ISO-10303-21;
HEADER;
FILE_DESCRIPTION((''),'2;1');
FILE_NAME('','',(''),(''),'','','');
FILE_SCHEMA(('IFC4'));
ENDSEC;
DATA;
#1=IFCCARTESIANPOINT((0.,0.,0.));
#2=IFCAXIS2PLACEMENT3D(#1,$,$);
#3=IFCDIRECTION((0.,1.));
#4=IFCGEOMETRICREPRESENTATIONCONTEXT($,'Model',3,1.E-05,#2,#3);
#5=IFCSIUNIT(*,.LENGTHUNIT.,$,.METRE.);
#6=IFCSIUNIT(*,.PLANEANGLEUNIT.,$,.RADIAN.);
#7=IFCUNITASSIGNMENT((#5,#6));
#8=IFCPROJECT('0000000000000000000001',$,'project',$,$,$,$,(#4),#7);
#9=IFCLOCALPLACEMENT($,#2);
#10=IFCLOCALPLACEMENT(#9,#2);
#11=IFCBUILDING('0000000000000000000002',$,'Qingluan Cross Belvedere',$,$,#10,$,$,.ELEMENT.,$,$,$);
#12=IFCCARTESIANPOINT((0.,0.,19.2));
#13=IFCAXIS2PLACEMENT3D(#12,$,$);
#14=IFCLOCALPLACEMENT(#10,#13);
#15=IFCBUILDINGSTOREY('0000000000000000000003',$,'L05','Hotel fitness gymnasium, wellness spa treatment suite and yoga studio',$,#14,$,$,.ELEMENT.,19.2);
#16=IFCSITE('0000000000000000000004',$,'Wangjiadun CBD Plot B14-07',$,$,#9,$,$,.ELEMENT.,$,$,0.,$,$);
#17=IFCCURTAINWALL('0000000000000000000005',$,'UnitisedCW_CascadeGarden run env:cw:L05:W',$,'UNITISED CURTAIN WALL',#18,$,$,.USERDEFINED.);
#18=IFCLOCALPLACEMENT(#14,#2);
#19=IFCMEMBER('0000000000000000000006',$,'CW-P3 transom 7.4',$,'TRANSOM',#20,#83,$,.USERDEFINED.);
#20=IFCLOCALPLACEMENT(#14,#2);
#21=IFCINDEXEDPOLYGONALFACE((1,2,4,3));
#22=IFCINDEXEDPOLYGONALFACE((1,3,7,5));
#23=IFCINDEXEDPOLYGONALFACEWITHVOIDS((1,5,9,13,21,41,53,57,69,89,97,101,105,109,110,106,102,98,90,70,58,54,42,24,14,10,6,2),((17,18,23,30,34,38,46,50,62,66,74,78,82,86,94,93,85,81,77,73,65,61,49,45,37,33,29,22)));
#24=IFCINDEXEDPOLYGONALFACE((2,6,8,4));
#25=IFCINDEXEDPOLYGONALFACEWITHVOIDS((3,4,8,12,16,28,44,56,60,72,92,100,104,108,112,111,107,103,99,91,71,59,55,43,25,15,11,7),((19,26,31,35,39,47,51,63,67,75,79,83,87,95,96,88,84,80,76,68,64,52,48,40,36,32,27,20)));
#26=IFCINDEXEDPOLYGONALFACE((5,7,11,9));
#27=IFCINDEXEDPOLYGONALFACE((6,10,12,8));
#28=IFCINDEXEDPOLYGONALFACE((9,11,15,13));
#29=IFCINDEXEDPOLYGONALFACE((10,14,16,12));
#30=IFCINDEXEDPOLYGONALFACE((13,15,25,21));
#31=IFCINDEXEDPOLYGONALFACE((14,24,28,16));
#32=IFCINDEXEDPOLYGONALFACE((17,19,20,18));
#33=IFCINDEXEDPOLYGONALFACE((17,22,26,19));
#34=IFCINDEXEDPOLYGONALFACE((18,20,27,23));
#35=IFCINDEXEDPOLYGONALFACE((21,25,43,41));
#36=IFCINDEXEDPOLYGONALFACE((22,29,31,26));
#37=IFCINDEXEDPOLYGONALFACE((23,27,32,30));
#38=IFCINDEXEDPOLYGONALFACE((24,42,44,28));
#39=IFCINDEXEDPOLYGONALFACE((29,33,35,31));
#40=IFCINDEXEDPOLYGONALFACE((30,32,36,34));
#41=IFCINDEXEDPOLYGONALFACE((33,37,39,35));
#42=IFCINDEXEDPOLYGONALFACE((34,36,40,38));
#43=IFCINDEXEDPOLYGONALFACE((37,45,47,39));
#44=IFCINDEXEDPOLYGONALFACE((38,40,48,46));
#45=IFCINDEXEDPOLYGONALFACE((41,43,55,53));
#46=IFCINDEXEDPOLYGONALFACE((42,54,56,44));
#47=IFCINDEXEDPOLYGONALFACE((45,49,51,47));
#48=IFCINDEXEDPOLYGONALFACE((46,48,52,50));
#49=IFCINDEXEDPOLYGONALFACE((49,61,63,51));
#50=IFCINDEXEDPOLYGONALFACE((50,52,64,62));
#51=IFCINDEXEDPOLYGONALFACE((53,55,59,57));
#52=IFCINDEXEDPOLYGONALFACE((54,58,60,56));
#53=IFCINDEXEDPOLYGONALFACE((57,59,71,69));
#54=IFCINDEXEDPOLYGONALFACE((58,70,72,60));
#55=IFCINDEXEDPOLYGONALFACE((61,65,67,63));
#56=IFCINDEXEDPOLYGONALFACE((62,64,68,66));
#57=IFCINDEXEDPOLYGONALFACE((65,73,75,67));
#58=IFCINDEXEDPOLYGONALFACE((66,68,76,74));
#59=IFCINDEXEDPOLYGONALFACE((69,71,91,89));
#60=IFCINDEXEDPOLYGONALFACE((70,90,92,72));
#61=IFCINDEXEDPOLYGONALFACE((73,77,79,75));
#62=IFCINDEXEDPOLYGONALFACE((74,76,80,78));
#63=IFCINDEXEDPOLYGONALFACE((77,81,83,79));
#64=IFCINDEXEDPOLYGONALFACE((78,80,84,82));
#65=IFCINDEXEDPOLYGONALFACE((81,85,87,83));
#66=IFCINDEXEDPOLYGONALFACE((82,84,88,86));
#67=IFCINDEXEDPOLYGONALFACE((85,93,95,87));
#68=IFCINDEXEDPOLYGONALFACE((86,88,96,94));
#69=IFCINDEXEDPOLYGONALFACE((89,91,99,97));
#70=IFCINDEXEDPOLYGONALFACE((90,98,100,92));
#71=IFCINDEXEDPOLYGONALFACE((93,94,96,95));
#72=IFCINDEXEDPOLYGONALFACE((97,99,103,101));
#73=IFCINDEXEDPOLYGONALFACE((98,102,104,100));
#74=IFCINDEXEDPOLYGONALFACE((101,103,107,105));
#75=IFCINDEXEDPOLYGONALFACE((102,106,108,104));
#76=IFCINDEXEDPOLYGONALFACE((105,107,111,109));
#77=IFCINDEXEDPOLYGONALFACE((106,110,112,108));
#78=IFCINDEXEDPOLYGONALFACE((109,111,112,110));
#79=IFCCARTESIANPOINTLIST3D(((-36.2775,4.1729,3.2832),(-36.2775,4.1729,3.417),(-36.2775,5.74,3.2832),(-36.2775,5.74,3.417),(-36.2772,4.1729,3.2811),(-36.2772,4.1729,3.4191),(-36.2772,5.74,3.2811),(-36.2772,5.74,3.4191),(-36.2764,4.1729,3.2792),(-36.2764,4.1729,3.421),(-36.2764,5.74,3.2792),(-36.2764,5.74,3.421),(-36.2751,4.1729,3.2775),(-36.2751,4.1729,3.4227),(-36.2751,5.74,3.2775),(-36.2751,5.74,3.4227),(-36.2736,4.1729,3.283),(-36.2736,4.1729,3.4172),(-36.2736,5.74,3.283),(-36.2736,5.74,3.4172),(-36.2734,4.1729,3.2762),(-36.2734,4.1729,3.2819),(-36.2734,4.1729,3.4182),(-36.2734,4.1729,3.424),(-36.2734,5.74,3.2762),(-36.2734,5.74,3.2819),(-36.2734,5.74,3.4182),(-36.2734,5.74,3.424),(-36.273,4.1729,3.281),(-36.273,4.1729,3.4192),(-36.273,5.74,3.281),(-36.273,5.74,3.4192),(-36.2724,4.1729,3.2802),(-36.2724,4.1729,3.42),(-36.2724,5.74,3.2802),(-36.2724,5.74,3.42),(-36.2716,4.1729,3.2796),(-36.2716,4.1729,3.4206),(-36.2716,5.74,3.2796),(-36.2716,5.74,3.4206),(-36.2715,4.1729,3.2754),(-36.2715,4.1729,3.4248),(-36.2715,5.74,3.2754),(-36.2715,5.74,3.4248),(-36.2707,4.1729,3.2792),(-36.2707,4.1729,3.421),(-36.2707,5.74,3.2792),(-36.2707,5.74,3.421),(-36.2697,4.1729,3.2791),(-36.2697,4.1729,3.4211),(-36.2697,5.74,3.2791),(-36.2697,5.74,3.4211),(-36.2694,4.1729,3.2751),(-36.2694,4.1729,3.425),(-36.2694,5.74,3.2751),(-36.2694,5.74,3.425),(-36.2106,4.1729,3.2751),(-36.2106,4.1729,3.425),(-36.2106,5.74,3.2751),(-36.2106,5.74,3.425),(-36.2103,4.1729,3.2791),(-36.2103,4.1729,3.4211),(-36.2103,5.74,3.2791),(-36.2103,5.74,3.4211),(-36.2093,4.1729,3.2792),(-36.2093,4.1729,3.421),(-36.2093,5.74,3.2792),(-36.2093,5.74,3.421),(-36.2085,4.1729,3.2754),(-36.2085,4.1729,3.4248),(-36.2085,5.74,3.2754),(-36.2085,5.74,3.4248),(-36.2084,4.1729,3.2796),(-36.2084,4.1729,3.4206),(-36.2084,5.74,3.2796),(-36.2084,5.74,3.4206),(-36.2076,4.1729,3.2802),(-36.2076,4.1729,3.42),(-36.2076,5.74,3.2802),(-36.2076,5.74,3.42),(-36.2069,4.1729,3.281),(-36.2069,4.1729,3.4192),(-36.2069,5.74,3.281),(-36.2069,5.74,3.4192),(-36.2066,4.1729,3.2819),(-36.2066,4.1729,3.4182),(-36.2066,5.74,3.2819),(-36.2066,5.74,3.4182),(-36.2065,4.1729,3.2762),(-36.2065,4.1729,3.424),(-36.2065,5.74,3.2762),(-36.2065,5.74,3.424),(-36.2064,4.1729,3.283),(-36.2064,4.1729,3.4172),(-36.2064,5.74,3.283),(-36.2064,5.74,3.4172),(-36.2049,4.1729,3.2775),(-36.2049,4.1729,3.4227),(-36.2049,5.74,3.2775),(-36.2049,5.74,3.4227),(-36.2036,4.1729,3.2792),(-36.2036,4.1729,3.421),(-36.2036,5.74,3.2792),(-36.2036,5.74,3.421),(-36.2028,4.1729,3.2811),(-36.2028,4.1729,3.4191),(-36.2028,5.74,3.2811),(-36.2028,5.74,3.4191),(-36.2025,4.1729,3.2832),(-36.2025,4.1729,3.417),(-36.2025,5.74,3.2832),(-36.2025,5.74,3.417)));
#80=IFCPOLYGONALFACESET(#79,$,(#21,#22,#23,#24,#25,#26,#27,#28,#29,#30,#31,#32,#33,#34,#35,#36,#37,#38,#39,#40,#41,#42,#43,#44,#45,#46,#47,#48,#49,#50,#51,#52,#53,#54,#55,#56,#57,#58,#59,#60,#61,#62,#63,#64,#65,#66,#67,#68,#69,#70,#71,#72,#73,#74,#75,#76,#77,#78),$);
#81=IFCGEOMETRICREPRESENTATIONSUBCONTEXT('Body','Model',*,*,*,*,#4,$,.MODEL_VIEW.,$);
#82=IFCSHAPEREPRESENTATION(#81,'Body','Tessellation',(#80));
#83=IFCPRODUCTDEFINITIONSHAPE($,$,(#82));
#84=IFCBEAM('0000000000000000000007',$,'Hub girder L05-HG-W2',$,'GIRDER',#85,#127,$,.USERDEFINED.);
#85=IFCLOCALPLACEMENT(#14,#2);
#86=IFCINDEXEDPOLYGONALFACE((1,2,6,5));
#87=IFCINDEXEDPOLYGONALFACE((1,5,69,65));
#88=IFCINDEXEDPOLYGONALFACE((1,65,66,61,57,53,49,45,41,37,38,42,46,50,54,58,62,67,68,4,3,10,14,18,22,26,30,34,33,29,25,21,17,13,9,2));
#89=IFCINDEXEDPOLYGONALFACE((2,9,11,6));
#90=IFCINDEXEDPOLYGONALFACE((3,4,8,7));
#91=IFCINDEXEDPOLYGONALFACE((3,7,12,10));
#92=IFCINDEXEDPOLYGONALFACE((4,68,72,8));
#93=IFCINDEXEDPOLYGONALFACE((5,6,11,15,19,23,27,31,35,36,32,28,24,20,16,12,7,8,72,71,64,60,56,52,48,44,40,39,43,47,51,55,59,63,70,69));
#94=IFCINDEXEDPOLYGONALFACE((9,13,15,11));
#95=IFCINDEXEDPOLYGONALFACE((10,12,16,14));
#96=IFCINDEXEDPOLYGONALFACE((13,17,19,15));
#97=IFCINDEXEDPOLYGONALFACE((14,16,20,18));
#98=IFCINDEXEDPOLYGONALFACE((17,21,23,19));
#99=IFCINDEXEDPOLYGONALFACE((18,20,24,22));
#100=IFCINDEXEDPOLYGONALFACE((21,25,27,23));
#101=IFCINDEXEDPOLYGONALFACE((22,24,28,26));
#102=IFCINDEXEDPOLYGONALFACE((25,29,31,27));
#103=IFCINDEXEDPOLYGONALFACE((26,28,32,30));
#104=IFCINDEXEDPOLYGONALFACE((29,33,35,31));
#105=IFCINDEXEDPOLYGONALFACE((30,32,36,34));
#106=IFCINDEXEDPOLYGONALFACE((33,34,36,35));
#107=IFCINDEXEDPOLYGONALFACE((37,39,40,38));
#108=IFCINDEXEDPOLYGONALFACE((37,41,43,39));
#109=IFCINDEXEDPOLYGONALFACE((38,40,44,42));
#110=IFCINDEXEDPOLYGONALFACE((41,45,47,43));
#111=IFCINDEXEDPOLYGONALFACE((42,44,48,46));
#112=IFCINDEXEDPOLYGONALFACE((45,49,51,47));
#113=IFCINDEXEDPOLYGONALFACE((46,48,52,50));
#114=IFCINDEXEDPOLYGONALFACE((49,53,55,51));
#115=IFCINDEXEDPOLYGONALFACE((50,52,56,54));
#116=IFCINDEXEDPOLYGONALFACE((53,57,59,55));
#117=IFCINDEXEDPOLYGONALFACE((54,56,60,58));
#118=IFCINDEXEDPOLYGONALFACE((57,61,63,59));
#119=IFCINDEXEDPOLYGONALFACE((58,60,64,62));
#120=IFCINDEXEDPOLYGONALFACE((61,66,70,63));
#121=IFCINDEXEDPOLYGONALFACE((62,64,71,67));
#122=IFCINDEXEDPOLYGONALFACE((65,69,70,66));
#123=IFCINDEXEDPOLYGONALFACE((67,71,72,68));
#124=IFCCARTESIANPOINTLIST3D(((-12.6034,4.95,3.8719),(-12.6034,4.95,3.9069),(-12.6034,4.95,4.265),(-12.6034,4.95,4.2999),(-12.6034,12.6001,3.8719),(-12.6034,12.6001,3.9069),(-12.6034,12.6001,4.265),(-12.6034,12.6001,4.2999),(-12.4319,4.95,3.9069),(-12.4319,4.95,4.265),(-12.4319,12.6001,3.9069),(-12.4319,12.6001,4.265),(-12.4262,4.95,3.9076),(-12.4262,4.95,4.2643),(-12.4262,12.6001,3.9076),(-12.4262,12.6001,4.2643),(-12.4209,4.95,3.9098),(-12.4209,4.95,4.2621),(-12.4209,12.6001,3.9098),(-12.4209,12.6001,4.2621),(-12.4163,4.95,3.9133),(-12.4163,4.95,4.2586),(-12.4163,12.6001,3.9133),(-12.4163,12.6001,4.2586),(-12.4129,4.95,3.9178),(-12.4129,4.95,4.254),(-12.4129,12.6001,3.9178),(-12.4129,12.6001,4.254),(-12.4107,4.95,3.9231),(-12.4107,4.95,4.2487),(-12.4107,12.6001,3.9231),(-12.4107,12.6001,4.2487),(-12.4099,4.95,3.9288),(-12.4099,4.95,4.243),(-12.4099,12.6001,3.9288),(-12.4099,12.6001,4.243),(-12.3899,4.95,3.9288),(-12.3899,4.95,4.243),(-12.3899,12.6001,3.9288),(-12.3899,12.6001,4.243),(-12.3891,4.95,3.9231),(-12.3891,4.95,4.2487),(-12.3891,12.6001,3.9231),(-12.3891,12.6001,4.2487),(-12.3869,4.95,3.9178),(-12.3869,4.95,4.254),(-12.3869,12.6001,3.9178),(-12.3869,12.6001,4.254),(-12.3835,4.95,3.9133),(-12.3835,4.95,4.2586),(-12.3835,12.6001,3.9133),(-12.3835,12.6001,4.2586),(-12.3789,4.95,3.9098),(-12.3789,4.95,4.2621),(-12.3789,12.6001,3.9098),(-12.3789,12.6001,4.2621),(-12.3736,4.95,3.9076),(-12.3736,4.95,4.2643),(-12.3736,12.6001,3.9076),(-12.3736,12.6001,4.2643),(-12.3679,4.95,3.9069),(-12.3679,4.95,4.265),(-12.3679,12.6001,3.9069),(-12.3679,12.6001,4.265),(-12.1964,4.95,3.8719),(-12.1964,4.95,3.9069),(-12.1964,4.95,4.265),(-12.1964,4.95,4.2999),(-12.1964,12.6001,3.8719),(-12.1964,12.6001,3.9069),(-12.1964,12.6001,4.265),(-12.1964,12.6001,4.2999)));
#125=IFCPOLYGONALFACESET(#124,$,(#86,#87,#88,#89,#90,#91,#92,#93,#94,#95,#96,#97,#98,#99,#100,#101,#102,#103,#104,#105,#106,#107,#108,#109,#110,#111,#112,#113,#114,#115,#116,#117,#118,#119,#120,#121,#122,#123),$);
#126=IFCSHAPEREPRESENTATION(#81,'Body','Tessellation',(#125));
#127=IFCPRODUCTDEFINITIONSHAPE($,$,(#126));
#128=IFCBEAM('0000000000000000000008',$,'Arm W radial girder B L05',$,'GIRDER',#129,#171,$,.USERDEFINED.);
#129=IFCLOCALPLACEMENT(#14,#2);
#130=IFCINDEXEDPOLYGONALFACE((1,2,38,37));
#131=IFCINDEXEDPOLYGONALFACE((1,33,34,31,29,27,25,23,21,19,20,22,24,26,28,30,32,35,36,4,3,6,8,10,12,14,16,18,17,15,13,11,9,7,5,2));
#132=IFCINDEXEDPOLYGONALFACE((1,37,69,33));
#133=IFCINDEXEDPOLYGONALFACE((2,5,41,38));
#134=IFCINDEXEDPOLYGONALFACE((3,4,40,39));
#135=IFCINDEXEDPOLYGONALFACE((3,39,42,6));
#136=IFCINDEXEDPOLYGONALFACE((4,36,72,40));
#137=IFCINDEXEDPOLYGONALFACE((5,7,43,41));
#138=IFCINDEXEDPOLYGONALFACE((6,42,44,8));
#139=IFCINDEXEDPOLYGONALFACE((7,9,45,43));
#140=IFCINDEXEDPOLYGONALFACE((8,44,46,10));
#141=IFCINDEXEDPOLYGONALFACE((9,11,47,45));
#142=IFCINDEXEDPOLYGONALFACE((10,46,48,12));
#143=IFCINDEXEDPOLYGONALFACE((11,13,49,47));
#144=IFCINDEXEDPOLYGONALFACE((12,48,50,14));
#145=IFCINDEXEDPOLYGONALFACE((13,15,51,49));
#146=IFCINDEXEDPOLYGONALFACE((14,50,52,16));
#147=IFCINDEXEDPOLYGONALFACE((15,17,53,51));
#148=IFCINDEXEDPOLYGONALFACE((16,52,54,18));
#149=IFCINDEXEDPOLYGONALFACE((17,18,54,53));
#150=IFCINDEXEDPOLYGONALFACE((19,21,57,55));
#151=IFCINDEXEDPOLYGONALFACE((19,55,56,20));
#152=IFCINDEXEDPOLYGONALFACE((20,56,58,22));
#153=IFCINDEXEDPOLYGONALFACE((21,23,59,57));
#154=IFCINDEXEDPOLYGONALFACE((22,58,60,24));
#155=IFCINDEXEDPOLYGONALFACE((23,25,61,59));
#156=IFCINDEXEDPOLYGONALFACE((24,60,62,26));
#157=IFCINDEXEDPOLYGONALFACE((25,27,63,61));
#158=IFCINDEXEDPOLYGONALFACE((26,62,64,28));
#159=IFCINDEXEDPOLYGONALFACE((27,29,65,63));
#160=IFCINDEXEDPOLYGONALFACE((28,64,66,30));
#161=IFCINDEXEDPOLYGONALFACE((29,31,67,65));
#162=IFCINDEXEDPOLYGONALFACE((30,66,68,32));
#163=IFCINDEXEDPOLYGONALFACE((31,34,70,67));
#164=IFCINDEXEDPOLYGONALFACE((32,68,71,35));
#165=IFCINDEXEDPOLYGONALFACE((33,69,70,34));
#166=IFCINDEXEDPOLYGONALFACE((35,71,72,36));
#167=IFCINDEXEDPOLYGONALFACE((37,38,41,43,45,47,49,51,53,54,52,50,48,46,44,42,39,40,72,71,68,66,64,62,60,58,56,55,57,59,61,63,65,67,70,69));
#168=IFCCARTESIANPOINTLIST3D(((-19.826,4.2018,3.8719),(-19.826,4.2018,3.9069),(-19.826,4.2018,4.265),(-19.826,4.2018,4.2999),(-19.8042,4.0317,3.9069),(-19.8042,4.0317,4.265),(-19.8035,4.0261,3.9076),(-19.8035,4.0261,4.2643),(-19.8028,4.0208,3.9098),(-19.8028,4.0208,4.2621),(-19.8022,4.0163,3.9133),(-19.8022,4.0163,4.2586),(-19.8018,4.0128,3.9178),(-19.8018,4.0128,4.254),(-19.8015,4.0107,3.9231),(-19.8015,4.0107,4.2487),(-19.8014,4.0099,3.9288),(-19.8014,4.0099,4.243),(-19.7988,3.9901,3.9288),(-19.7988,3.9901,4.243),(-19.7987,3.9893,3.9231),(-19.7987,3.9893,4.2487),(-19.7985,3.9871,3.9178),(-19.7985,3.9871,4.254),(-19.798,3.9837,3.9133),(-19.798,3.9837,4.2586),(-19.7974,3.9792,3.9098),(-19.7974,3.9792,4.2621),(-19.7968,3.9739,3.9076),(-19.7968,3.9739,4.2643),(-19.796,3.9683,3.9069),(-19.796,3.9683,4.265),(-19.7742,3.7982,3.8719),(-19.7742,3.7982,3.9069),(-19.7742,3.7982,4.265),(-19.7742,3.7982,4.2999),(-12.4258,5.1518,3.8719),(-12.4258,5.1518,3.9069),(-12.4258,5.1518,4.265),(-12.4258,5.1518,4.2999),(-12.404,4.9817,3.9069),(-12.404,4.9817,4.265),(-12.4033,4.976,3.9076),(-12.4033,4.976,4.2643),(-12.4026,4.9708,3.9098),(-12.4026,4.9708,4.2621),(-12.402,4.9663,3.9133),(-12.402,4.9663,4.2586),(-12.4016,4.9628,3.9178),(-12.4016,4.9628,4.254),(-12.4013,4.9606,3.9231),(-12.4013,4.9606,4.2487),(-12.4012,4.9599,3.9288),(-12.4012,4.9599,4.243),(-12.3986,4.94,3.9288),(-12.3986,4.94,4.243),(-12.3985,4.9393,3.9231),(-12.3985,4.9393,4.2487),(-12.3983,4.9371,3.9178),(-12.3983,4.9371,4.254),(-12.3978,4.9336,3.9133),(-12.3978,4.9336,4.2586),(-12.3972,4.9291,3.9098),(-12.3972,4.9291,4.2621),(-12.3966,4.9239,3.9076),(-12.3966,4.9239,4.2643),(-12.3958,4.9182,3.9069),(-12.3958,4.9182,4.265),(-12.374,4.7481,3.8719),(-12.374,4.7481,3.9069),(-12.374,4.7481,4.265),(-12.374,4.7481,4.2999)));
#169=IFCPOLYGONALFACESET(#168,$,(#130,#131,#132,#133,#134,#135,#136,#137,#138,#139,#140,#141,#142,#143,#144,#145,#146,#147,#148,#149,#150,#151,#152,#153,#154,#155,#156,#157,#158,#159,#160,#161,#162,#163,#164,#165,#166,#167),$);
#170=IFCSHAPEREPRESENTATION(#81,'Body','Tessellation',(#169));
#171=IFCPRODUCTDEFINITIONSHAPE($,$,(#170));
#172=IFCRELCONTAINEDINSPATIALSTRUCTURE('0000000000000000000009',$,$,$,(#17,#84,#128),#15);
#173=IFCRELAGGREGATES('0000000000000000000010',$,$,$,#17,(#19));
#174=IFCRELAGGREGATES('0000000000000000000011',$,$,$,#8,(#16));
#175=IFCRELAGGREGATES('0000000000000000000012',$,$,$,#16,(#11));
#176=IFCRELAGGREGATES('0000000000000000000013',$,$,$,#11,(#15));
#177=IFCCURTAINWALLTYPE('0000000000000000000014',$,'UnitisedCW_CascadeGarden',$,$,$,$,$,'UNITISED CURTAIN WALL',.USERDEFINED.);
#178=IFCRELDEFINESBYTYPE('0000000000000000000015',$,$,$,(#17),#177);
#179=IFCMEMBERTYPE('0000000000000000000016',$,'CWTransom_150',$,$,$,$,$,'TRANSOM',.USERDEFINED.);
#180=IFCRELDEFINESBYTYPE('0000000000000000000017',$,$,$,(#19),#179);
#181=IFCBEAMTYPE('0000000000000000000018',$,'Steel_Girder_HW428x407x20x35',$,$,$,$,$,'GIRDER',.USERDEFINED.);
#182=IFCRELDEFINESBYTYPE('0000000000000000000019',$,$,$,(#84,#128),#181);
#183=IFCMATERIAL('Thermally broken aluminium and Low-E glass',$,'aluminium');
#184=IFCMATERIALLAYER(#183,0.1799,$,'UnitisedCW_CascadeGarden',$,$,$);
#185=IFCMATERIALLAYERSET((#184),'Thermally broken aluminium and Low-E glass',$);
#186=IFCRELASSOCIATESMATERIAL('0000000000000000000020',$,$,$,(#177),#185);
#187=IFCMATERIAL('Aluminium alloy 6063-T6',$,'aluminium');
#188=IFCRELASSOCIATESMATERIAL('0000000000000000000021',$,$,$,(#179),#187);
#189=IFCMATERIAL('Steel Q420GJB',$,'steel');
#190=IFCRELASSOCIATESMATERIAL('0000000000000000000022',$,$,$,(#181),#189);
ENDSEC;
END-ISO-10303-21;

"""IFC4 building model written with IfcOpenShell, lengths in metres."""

from ifc_helpers import new_model, si_unit, direction, frame, origin, origin_2d, place, context, subcontext, project, spatial, hollow_rectangle, i_section, extrude, material, layer, layer_set, material_profile, profile_set, type_object, element, aggregate, save


model = new_model("IFC4")

# Units and contexts
model_context = context("Model", 3, precision=1e-05, world=origin(), true_north=direction((0.0, 1.0)))
body_context = subcontext(model_context, "Body", "Model", "MODEL_VIEW")
ifc_project = project(units=[si_unit("LENGTHUNIT", "METRE"), si_unit("PLANEANGLEUNIT", "RADIAN")], contexts=[model_context])

# Site, building, storey
site_placement = place(None, origin())
site = spatial("IfcSite", under=ifc_project, at=site_placement, Name="Wangjiadun CBD Plot B14-07", CompositionType="ELEMENT", RefElevation=0.0)
building_placement = place(site_placement, origin())
building = spatial("IfcBuilding", under=site, at=building_placement, Name="Qingluan Cross Belvedere", CompositionType="ELEMENT")
storey_placement = place(building_placement, frame((0.0, 0.0, 19.2)))
storey = spatial("IfcBuildingStorey", under=building, at=storey_placement, Name="L05", Description="Hotel fitness gymnasium, wellness spa treatment suite and yoga studio", CompositionType="ELEMENT", Elevation=19.2)

# Curtain wall, member
ifc_material_1 = material(Name="Thermally broken aluminium and Low-E glass", Category="aluminium")
ifc_layer_1 = layer(ifc_material_1, 0.1799, Name="UnitisedCW_CascadeGarden")
ifc_layer_set_1 = layer_set([ifc_layer_1], Name="Thermally broken aluminium and Low-E glass")
curtain_wall_type = type_object("IfcCurtainWallType", Name="UnitisedCW_CascadeGarden", ElementType="UNITISED CURTAIN WALL", PredefinedType="USERDEFINED", material=ifc_layer_set_1)
curtain_wall_placement = place(storey_placement, origin())
curtain_wall = element("IfcCurtainWall", 1, at=curtain_wall_placement, inside=storey, type_object=curtain_wall_type, Name="UnitisedCW_CascadeGarden run env:cw:L05:W", ObjectType="UNITISED CURTAIN WALL", PredefinedType="USERDEFINED")
ifc_material_2 = material(Name="Aluminium alloy 6063-T6", Category="aluminium")
ifc_material_profile_1 = material_profile(ifc_material_2, hollow_rectangle(XDim=0.075, YDim=0.1499, WallThickness=0.0039, InnerFilletRadius=0.0039, OuterFilletRadius=0.0081, at=origin_2d()), Name="CWT150x75x4")
ifc_profile_set_1 = profile_set([ifc_material_profile_1], Name="Aluminium alloy 6063-T6")
member_type_1 = type_object("IfcMemberType", Name="CWTransom_150", ElementType="TRANSOM", PredefinedType="USERDEFINED", material=ifc_profile_set_1)
member_1_placement = place(storey_placement, frame((-36.24, 4.1729, 3.3501), z_axis=(0.0, 1.0, 0.0), x_axis=(-1.0, 0.0, 0.0)))
member_1 = element("IfcMember", 2, at=member_1_placement, type_object=member_type_1, Name="CW-P3 transom 7.4", ObjectType="TRANSOM", PredefinedType="USERDEFINED", context=body_context, shape_type="SweptSolid", body=[
    extrude(hollow_rectangle(XDim=0.075, YDim=0.1499, WallThickness=0.0039, InnerFilletRadius=0.0039, OuterFilletRadius=0.0081, at=origin_2d()), origin(), (0.0, 0.0, 1.0), 1.5671),
])

# Beams
ifc_material_3 = material(Name="Steel Q420GJB", Category="steel")
ifc_material_profile_2 = material_profile(ifc_material_3, i_section(OverallWidth=0.407, OverallDepth=0.428, WebThickness=0.02, FlangeThickness=0.0349, FilletRadius=0.022, at=origin_2d()), Name="HW428x407x20x35")
ifc_profile_set_2 = profile_set([ifc_material_profile_2], Name="Steel Q420GJB")
beam_type = type_object("IfcBeamType", Name="Steel_Girder_HW428x407x20x35", ElementType="GIRDER", PredefinedType="USERDEFINED", material=ifc_profile_set_2)
beam_1_placement = place(storey_placement, frame((-12.3999, 4.95, 4.0859), z_axis=(0.0, 1.0, 0.0), x_axis=(-1.0, 0.0, 0.0)))
element("IfcBeam", 3, at=beam_1_placement, inside=storey, type_object=beam_type, Name="Hub girder L05-HG-W2", ObjectType="GIRDER", PredefinedType="USERDEFINED", context=body_context, shape_type="SweptSolid", body=[
    extrude(i_section(OverallWidth=0.407, OverallDepth=0.428, WebThickness=0.02, FlangeThickness=0.0349, FilletRadius=0.022, at=origin_2d()), origin(), (0.0, 0.0, 1.0), 7.6501),
])
beam_2_placement = place(storey_placement, frame((-12.3999, 4.95, 4.0859), z_axis=(-0.991861, -0.127324, 0.0), x_axis=(0.127324, -0.991861, 0.0)))
element("IfcBeam", 4, at=beam_2_placement, inside=storey, type_object=beam_type, Name="Arm W radial girder B L05", ObjectType="GIRDER", PredefinedType="USERDEFINED", context=body_context, shape_type="SweptSolid", body=[
    extrude(i_section(OverallWidth=0.407, OverallDepth=0.428, WebThickness=0.02, FlangeThickness=0.0349, FilletRadius=0.022, at=origin_2d()), origin(), (0.0, 0.0, 1.0), 7.4609),
])

aggregate(curtain_wall, [member_1])

save(model, "model.ifc")
